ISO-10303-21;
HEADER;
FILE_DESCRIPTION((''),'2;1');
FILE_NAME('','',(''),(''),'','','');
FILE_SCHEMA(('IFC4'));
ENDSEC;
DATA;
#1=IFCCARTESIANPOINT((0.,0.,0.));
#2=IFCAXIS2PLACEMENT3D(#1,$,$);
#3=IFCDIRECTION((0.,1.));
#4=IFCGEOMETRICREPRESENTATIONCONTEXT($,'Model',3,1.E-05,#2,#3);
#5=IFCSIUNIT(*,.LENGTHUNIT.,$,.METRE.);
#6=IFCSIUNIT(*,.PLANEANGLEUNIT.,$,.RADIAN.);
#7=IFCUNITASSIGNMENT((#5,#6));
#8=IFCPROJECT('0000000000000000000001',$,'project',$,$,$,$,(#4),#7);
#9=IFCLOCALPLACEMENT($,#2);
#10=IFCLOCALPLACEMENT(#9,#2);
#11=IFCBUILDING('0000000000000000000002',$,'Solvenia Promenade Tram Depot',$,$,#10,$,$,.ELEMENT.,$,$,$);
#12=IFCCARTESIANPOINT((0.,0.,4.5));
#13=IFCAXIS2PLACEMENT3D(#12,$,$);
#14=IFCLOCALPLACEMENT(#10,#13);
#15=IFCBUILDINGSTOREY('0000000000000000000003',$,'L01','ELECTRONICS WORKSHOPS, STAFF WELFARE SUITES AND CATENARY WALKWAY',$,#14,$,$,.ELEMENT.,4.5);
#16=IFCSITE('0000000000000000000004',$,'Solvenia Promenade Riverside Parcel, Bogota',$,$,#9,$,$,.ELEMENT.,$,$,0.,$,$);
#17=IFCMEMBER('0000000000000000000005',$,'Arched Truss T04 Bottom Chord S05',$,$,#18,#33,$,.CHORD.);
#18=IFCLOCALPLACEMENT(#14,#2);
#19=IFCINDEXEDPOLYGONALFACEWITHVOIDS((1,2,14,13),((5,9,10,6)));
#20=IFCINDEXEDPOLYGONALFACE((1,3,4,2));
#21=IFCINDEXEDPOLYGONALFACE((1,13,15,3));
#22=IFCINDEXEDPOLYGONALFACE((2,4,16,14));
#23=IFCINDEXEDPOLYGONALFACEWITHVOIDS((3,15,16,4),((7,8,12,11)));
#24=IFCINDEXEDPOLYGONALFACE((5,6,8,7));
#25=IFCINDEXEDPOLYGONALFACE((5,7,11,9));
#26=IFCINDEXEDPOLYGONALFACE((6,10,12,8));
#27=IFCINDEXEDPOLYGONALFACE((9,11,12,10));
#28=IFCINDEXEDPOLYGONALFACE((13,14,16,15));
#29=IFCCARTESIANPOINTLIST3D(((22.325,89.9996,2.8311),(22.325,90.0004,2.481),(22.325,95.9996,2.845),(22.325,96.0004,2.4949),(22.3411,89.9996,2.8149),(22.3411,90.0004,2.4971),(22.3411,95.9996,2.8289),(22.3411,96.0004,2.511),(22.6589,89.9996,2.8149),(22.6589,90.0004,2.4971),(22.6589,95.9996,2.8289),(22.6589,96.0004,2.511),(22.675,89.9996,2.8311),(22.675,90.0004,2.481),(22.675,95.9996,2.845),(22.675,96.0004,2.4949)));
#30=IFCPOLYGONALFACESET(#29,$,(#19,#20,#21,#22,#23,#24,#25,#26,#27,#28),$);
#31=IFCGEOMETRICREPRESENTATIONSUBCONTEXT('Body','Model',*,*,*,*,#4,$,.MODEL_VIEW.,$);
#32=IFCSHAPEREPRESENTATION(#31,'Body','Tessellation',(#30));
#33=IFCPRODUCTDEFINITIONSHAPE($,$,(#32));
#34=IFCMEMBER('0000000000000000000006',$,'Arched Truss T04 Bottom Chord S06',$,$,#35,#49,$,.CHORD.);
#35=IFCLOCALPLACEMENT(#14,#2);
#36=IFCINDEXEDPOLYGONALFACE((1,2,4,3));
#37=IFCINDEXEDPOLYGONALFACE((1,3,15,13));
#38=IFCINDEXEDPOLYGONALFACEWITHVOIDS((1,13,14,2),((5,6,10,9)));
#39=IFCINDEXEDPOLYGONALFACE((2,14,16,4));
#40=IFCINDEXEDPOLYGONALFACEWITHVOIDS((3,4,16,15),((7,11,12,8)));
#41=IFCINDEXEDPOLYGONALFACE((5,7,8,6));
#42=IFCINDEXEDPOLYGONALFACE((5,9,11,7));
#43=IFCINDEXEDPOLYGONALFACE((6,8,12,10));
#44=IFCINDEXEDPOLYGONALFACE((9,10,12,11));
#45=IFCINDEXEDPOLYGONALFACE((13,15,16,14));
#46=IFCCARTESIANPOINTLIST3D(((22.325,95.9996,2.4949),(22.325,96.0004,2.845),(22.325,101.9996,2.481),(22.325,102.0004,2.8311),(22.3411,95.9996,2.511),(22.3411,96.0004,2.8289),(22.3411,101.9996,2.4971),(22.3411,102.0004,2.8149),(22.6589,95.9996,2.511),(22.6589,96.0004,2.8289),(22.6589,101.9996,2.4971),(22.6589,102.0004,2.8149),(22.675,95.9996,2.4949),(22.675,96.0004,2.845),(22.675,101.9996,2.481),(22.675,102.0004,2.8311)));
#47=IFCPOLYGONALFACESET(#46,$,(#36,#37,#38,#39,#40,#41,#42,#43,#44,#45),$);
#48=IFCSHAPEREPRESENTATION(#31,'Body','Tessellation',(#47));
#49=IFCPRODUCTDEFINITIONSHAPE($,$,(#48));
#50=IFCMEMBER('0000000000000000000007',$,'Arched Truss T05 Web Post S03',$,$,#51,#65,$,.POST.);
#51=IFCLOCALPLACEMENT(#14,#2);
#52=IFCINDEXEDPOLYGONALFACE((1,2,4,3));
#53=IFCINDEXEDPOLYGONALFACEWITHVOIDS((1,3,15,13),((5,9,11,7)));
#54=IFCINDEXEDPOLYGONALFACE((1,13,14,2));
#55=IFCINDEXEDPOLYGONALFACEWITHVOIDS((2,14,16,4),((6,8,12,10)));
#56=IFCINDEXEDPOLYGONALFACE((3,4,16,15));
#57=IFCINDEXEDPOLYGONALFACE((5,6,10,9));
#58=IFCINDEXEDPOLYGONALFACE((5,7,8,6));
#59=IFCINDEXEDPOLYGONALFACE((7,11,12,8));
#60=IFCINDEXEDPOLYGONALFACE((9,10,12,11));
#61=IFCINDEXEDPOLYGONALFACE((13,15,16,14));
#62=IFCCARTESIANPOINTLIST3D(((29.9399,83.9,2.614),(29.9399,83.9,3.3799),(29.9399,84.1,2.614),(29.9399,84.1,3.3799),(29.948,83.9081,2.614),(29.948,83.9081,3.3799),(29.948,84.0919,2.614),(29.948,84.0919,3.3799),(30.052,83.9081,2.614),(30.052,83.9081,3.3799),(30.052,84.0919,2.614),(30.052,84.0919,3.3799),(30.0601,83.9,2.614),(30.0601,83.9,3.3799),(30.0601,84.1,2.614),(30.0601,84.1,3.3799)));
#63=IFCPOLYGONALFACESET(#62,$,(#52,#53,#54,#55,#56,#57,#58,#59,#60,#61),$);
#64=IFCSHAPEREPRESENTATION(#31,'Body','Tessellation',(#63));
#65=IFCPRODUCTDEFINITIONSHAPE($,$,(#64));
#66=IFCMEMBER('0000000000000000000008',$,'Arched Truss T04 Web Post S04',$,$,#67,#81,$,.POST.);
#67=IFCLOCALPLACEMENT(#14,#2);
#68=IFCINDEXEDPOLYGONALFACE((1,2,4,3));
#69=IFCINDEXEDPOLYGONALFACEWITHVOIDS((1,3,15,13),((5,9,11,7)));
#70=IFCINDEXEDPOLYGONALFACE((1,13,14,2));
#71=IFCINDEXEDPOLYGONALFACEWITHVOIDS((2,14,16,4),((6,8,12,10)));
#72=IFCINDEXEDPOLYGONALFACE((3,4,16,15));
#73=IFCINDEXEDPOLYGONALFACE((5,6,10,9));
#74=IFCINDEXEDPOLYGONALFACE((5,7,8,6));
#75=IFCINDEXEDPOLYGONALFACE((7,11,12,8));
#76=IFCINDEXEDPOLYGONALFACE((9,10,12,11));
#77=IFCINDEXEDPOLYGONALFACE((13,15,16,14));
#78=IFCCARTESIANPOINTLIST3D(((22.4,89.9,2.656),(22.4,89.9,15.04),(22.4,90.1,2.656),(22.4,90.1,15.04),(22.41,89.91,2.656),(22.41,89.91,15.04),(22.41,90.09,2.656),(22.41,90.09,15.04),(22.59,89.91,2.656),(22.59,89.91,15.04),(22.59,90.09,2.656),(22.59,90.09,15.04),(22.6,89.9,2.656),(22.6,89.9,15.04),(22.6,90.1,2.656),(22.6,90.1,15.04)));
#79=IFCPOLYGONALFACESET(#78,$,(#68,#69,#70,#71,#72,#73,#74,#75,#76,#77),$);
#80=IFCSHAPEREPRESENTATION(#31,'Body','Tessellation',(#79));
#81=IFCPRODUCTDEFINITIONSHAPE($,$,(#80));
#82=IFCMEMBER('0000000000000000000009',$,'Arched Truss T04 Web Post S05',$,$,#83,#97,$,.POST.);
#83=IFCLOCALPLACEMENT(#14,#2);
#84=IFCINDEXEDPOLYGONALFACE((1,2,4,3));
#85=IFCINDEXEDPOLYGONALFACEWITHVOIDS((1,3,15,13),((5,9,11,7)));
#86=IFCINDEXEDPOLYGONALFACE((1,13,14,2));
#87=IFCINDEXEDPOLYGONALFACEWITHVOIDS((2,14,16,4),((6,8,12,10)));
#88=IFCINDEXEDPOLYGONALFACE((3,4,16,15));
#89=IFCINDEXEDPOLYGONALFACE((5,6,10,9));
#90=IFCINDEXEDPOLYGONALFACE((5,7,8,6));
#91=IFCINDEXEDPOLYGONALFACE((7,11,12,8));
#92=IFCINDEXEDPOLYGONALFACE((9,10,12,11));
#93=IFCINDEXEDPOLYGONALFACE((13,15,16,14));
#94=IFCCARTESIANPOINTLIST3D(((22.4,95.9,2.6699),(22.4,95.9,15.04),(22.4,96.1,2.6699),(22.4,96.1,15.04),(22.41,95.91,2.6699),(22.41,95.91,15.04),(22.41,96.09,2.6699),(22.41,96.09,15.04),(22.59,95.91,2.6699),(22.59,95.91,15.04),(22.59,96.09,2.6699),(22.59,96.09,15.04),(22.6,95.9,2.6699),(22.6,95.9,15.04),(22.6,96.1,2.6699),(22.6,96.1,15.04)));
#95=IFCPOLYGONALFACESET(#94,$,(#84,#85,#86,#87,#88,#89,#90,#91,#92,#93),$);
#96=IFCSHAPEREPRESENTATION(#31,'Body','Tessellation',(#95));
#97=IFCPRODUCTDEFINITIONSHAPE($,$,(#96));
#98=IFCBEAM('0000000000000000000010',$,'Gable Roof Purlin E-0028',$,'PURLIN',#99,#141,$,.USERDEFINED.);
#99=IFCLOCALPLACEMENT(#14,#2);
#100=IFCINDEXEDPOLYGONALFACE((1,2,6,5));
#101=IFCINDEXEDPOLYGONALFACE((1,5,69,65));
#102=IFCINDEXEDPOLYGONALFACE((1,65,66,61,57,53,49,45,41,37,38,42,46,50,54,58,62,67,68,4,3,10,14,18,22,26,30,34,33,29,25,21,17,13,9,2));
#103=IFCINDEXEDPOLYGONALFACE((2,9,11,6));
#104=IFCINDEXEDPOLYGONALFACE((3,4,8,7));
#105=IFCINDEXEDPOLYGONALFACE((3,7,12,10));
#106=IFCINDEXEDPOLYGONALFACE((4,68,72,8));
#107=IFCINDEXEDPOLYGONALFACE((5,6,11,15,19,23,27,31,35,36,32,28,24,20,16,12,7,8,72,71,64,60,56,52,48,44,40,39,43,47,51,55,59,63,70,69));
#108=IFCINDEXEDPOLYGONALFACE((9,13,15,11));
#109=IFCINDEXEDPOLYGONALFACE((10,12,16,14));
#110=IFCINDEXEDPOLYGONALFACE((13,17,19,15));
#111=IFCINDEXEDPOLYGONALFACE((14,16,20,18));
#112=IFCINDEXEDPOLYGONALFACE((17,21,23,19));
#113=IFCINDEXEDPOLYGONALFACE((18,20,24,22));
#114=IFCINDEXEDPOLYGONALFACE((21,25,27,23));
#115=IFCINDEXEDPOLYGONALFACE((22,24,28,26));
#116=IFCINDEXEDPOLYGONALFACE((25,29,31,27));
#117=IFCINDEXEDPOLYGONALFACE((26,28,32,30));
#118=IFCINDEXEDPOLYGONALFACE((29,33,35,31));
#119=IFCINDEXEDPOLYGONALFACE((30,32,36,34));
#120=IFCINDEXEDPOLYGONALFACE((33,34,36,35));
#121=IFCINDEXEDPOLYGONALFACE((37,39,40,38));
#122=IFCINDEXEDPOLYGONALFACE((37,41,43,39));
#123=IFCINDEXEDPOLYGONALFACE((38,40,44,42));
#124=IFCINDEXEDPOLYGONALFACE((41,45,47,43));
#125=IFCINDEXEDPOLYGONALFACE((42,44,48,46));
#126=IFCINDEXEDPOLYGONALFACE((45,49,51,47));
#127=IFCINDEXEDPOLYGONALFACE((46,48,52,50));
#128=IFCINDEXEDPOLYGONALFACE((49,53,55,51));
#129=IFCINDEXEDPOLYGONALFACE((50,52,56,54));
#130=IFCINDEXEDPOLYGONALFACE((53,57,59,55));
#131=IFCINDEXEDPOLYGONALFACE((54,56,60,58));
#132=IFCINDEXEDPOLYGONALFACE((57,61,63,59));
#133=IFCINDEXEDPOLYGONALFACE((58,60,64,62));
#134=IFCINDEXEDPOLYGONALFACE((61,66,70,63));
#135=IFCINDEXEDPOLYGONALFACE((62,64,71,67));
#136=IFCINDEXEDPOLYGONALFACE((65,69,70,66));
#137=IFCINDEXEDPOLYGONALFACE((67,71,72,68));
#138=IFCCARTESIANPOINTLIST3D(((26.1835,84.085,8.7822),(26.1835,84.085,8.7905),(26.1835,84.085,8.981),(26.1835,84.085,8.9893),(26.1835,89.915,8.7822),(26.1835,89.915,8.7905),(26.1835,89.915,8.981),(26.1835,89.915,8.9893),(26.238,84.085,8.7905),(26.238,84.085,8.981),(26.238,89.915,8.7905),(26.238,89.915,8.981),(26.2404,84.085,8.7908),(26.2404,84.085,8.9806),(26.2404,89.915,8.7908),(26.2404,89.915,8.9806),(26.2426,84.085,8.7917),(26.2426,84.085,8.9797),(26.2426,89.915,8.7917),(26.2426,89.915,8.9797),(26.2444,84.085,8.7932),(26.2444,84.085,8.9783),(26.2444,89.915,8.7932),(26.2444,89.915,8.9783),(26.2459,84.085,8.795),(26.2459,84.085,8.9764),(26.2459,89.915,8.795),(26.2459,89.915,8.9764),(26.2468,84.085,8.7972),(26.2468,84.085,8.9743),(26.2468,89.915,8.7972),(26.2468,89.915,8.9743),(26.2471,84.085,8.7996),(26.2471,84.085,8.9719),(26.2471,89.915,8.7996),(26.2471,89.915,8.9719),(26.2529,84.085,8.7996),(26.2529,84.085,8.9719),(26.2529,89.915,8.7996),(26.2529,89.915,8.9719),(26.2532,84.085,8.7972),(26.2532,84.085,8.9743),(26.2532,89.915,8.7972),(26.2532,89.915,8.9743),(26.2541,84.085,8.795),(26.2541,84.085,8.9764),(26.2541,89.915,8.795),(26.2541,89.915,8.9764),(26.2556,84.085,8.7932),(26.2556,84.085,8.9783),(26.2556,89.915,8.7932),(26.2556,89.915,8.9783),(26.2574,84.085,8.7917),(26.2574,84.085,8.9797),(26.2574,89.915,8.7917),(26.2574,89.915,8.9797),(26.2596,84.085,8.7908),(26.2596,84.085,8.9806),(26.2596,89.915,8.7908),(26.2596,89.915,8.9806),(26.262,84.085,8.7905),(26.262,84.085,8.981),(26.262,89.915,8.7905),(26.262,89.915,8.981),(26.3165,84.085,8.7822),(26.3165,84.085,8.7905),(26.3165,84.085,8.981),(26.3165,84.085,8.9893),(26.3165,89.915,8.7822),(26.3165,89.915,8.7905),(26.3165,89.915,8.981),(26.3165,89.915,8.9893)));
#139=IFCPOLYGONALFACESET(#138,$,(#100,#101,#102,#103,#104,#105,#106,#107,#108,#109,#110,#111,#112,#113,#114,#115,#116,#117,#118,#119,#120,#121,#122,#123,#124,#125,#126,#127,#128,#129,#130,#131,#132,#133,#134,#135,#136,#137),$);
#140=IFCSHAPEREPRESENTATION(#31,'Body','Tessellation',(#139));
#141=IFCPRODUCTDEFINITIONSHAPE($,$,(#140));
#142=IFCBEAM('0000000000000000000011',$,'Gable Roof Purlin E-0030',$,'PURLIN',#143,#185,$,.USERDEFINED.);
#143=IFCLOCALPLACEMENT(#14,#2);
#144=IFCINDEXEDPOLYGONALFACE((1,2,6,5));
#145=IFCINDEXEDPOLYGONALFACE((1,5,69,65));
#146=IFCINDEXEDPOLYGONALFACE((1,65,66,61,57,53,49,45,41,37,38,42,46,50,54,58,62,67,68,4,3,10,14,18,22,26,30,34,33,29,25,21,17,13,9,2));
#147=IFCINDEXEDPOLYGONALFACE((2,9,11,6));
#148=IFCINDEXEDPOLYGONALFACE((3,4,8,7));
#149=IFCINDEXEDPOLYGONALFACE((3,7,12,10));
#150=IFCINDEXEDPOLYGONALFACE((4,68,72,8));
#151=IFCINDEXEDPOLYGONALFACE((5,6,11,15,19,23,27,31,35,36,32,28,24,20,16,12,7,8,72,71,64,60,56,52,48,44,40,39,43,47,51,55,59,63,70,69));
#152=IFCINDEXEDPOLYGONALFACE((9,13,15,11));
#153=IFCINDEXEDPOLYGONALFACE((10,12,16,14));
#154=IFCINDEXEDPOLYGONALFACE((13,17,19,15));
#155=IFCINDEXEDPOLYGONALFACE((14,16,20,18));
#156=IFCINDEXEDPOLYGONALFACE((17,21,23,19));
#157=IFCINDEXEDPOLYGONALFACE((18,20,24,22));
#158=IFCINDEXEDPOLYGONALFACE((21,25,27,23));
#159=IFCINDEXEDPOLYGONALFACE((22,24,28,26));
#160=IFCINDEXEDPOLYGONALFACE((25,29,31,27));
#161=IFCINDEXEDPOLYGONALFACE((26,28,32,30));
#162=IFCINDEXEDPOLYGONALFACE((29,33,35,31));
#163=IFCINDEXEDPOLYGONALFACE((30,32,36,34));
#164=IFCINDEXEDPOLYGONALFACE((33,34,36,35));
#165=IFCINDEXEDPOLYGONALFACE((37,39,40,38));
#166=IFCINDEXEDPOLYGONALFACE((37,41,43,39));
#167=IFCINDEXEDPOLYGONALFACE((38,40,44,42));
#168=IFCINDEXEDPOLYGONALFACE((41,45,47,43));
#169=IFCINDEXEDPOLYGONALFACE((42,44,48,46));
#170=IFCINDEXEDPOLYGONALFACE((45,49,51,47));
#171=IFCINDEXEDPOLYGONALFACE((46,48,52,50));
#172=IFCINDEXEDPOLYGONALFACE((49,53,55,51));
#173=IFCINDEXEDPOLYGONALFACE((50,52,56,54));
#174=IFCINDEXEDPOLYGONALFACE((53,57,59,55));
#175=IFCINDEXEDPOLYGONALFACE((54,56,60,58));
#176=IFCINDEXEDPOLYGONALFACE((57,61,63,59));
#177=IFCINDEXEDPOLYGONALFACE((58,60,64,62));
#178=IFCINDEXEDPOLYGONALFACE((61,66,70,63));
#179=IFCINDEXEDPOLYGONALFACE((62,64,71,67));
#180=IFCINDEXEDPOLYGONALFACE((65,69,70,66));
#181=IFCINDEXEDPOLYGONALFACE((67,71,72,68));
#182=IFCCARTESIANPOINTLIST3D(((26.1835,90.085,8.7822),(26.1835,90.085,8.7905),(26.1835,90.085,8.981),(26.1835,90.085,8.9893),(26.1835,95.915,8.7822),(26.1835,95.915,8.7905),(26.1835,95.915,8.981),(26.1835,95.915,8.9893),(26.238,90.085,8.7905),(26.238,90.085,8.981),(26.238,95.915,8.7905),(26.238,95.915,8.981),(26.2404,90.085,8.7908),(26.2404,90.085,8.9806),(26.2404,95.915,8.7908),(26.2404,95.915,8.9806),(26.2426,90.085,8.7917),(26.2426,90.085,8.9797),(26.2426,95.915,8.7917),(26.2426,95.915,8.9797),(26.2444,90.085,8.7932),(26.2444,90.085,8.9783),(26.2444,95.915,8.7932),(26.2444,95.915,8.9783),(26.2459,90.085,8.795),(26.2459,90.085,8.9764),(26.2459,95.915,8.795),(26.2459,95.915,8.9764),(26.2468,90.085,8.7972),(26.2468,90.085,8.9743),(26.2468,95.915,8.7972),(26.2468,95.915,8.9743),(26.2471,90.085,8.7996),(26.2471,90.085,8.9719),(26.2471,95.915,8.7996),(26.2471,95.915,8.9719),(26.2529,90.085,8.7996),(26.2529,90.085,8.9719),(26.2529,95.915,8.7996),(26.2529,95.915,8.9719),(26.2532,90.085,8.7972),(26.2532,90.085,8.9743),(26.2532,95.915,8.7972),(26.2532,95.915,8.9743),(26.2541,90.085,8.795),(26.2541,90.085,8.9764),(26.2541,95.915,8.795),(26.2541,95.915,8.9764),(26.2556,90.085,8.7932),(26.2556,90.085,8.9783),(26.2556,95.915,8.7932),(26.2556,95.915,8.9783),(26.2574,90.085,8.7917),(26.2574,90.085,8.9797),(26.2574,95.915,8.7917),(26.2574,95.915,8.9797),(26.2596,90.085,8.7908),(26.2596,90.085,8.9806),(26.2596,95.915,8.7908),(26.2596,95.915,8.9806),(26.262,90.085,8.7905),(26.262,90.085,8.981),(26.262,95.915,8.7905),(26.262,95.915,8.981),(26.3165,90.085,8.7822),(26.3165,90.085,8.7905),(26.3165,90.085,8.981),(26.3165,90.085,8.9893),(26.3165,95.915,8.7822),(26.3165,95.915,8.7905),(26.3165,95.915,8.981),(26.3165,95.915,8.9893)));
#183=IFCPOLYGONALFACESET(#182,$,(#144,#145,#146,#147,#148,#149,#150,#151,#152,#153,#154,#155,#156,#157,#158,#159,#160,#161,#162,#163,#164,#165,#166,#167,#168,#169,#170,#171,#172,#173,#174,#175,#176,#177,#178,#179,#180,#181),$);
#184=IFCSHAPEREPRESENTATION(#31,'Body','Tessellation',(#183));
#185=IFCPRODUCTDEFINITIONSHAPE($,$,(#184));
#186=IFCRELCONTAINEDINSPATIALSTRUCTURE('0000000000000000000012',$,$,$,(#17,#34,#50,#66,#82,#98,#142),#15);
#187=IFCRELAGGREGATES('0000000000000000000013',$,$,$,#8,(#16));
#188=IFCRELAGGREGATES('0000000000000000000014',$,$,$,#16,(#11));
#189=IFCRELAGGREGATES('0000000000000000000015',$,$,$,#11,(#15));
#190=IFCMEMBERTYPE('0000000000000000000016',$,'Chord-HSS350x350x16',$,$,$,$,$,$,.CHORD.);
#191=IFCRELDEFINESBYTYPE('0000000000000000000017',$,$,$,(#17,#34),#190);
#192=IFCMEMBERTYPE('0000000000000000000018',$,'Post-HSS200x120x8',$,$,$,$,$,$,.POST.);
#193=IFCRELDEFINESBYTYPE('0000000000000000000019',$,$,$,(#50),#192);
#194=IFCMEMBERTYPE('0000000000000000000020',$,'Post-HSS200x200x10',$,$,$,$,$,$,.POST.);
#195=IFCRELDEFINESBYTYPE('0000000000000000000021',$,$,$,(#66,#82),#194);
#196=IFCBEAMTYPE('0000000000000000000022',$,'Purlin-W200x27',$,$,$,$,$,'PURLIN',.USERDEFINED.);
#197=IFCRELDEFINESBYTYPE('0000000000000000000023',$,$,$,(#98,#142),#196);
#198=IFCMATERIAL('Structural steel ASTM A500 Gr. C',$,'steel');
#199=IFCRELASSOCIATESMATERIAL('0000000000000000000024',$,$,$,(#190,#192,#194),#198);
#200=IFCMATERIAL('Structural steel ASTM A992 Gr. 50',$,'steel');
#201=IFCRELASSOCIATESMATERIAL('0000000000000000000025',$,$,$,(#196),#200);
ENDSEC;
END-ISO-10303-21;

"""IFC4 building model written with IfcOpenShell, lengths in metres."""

from ifc_helpers import new_model, si_unit, direction, frame, origin, origin_2d, place, context, subcontext, project, spatial, hollow_rectangle, i_section, extrude, material, material_profile, profile_set, type_object, element, save


model = new_model("IFC4")

# Units and contexts
model_context = context("Model", 3, precision=1e-05, world=origin(), true_north=direction((0.0, 1.0)))
body_context = subcontext(model_context, "Body", "Model", "MODEL_VIEW")
ifc_project = project(units=[si_unit("LENGTHUNIT", "METRE"), si_unit("PLANEANGLEUNIT", "RADIAN")], contexts=[model_context])

# Site, building, storey
site_placement = place(None, origin())
site = spatial("IfcSite", under=ifc_project, at=site_placement, Name="Solvenia Promenade Riverside Parcel, Bogota", CompositionType="ELEMENT", RefElevation=0.0)
building_placement = place(site_placement, origin())
building = spatial("IfcBuilding", under=site, at=building_placement, Name="Solvenia Promenade Tram Depot", CompositionType="ELEMENT")
storey_placement = place(building_placement, frame((0.0, 0.0, 4.5)))
storey = spatial("IfcBuildingStorey", under=building, at=storey_placement, Name="L01", Description="ELECTRONICS WORKSHOPS, STAFF WELFARE SUITES AND CATENARY WALKWAY", CompositionType="ELEMENT", Elevation=4.5)

# Members
ifc_material_1 = material(Name="Structural steel ASTM A500 Gr. C", Category="steel")
ifc_material_profile_1 = material_profile(ifc_material_1, hollow_rectangle(XDim=0.3501, YDim=0.3501, WallThickness=0.0161, at=origin_2d()), Name="HSS350x350x16", Category="steel")
ifc_profile_set_1 = profile_set([ifc_material_profile_1], Name="Structural steel ASTM A500 Gr. C")
member_type_1 = type_object("IfcMemberType", Name="Chord-HSS350x350x16", PredefinedType="CHORD", material=ifc_profile_set_1)
for number, where, z_axis, x_axis, name in (
    (1, (22.5, 90.0, 2.656), (0.0, 0.999997, 0.002319), (-1.0, 0.0, 0.0), "Arched Truss T04 Bottom Chord S05"),
    (2, (22.5, 96.0, 2.6699), (0.0, 0.999997, -0.002319), (-1.0, 0.0, 0.0), "Arched Truss T04 Bottom Chord S06"),
):
    element("IfcMember", number, at=place(storey_placement, frame(where, z_axis=z_axis, x_axis=x_axis)), inside=storey, type_object=member_type_1, Name=name, PredefinedType="CHORD", context=body_context, shape_type="SweptSolid", body=[
        extrude(hollow_rectangle(XDim=0.3501, YDim=0.3501, WallThickness=0.0161, at=origin_2d()), origin(), (0.0, 0.0, 1.0), 6.0),
    ])
ifc_material_profile_2 = material_profile(ifc_material_1, hollow_rectangle(XDim=0.1201, YDim=0.2, WallThickness=0.0081, at=origin_2d()), Name="HSS200x120x8", Category="steel")
ifc_profile_set_2 = profile_set([ifc_material_profile_2], Name="Structural steel ASTM A500 Gr. C")
member_type_2 = type_object("IfcMemberType", Name="Post-HSS200x120x8", PredefinedType="POST", material=ifc_profile_set_2)
member_1_placement = place(storey_placement, frame((30.0, 84.0, 2.614), z_axis=(0.0, 0.0, 1.0), x_axis=(1.0, 0.0, 0.0)))
element("IfcMember", 3, at=member_1_placement, inside=storey, type_object=member_type_2, Name="Arched Truss T05 Web Post S03", PredefinedType="POST", context=body_context, shape_type="SweptSolid", body=[
    extrude(hollow_rectangle(XDim=0.1201, YDim=0.2, WallThickness=0.0081, at=origin_2d()), origin(), (0.0, 0.0, 1.0), 0.7659),
])
ifc_material_profile_3 = material_profile(ifc_material_1, hollow_rectangle(XDim=0.2, YDim=0.2, WallThickness=0.01, at=origin_2d()), Name="HSS200x200x10", Category="steel")
ifc_profile_set_3 = profile_set([ifc_material_profile_3], Name="Structural steel ASTM A500 Gr. C")
member_type_3 = type_object("IfcMemberType", Name="Post-HSS200x200x10", PredefinedType="POST", material=ifc_profile_set_3)
member_2_placement = place(storey_placement, frame((22.5, 90.0, 2.656), z_axis=(0.0, 0.0, 1.0), x_axis=(1.0, 0.0, 0.0)))
element("IfcMember", 4, at=member_2_placement, inside=storey, type_object=member_type_3, Name="Arched Truss T04 Web Post S04", PredefinedType="POST", context=body_context, shape_type="SweptSolid", body=[
    extrude(hollow_rectangle(XDim=0.2, YDim=0.2, WallThickness=0.01, at=origin_2d()), origin(), (0.0, 0.0, 1.0), 12.384),
])
member_3_placement = place(storey_placement, frame((22.5, 96.0, 2.6699), z_axis=(0.0, 0.0, 1.0), x_axis=(1.0, 0.0, 0.0)))
element("IfcMember", 5, at=member_3_placement, inside=storey, type_object=member_type_3, Name="Arched Truss T04 Web Post S05", PredefinedType="POST", context=body_context, shape_type="SweptSolid", body=[
    extrude(hollow_rectangle(XDim=0.2, YDim=0.2, WallThickness=0.01, at=origin_2d()), origin(), (0.0, 0.0, 1.0), 12.3701),
])

# Beams
ifc_material_2 = material(Name="Structural steel ASTM A992 Gr. 50", Category="steel")
ifc_material_profile_4 = material_profile(ifc_material_2, i_section(OverallWidth=0.1331, OverallDepth=0.207, WebThickness=0.0059, FlangeThickness=0.0083, FilletRadius=0.009, at=origin_2d()), Name="W200x27", Category="steel")
ifc_profile_set_4 = profile_set([ifc_material_profile_4], Name="Structural steel ASTM A992 Gr. 50")
beam_type = type_object("IfcBeamType", Name="Purlin-W200x27", ElementType="PURLIN", PredefinedType="USERDEFINED", material=ifc_profile_set_4)
for number, where, z_axis, x_axis, name in (
    (6, (26.25, 84.085, 8.8857), (0.0, 1.0, 0.0), (-1.0, 0.0, 0.0), "Gable Roof Purlin E-0028"),
    (7, (26.25, 90.085, 8.8857), (0.0, 1.0, 0.0), (-1.0, 0.0, 0.0), "Gable Roof Purlin E-0030"),
):
    element("IfcBeam", number, at=place(storey_placement, frame(where, z_axis=z_axis, x_axis=x_axis)), inside=storey, type_object=beam_type, Name=name, ObjectType="PURLIN", PredefinedType="USERDEFINED", context=body_context, shape_type="SweptSolid", body=[
        extrude(i_section(OverallWidth=0.1331, OverallDepth=0.207, WebThickness=0.0059, FlangeThickness=0.0083, FilletRadius=0.009, at=origin_2d()), origin(), (0.0, 0.0, 1.0), 5.8301),
    ])

save(model, "model.ifc")
